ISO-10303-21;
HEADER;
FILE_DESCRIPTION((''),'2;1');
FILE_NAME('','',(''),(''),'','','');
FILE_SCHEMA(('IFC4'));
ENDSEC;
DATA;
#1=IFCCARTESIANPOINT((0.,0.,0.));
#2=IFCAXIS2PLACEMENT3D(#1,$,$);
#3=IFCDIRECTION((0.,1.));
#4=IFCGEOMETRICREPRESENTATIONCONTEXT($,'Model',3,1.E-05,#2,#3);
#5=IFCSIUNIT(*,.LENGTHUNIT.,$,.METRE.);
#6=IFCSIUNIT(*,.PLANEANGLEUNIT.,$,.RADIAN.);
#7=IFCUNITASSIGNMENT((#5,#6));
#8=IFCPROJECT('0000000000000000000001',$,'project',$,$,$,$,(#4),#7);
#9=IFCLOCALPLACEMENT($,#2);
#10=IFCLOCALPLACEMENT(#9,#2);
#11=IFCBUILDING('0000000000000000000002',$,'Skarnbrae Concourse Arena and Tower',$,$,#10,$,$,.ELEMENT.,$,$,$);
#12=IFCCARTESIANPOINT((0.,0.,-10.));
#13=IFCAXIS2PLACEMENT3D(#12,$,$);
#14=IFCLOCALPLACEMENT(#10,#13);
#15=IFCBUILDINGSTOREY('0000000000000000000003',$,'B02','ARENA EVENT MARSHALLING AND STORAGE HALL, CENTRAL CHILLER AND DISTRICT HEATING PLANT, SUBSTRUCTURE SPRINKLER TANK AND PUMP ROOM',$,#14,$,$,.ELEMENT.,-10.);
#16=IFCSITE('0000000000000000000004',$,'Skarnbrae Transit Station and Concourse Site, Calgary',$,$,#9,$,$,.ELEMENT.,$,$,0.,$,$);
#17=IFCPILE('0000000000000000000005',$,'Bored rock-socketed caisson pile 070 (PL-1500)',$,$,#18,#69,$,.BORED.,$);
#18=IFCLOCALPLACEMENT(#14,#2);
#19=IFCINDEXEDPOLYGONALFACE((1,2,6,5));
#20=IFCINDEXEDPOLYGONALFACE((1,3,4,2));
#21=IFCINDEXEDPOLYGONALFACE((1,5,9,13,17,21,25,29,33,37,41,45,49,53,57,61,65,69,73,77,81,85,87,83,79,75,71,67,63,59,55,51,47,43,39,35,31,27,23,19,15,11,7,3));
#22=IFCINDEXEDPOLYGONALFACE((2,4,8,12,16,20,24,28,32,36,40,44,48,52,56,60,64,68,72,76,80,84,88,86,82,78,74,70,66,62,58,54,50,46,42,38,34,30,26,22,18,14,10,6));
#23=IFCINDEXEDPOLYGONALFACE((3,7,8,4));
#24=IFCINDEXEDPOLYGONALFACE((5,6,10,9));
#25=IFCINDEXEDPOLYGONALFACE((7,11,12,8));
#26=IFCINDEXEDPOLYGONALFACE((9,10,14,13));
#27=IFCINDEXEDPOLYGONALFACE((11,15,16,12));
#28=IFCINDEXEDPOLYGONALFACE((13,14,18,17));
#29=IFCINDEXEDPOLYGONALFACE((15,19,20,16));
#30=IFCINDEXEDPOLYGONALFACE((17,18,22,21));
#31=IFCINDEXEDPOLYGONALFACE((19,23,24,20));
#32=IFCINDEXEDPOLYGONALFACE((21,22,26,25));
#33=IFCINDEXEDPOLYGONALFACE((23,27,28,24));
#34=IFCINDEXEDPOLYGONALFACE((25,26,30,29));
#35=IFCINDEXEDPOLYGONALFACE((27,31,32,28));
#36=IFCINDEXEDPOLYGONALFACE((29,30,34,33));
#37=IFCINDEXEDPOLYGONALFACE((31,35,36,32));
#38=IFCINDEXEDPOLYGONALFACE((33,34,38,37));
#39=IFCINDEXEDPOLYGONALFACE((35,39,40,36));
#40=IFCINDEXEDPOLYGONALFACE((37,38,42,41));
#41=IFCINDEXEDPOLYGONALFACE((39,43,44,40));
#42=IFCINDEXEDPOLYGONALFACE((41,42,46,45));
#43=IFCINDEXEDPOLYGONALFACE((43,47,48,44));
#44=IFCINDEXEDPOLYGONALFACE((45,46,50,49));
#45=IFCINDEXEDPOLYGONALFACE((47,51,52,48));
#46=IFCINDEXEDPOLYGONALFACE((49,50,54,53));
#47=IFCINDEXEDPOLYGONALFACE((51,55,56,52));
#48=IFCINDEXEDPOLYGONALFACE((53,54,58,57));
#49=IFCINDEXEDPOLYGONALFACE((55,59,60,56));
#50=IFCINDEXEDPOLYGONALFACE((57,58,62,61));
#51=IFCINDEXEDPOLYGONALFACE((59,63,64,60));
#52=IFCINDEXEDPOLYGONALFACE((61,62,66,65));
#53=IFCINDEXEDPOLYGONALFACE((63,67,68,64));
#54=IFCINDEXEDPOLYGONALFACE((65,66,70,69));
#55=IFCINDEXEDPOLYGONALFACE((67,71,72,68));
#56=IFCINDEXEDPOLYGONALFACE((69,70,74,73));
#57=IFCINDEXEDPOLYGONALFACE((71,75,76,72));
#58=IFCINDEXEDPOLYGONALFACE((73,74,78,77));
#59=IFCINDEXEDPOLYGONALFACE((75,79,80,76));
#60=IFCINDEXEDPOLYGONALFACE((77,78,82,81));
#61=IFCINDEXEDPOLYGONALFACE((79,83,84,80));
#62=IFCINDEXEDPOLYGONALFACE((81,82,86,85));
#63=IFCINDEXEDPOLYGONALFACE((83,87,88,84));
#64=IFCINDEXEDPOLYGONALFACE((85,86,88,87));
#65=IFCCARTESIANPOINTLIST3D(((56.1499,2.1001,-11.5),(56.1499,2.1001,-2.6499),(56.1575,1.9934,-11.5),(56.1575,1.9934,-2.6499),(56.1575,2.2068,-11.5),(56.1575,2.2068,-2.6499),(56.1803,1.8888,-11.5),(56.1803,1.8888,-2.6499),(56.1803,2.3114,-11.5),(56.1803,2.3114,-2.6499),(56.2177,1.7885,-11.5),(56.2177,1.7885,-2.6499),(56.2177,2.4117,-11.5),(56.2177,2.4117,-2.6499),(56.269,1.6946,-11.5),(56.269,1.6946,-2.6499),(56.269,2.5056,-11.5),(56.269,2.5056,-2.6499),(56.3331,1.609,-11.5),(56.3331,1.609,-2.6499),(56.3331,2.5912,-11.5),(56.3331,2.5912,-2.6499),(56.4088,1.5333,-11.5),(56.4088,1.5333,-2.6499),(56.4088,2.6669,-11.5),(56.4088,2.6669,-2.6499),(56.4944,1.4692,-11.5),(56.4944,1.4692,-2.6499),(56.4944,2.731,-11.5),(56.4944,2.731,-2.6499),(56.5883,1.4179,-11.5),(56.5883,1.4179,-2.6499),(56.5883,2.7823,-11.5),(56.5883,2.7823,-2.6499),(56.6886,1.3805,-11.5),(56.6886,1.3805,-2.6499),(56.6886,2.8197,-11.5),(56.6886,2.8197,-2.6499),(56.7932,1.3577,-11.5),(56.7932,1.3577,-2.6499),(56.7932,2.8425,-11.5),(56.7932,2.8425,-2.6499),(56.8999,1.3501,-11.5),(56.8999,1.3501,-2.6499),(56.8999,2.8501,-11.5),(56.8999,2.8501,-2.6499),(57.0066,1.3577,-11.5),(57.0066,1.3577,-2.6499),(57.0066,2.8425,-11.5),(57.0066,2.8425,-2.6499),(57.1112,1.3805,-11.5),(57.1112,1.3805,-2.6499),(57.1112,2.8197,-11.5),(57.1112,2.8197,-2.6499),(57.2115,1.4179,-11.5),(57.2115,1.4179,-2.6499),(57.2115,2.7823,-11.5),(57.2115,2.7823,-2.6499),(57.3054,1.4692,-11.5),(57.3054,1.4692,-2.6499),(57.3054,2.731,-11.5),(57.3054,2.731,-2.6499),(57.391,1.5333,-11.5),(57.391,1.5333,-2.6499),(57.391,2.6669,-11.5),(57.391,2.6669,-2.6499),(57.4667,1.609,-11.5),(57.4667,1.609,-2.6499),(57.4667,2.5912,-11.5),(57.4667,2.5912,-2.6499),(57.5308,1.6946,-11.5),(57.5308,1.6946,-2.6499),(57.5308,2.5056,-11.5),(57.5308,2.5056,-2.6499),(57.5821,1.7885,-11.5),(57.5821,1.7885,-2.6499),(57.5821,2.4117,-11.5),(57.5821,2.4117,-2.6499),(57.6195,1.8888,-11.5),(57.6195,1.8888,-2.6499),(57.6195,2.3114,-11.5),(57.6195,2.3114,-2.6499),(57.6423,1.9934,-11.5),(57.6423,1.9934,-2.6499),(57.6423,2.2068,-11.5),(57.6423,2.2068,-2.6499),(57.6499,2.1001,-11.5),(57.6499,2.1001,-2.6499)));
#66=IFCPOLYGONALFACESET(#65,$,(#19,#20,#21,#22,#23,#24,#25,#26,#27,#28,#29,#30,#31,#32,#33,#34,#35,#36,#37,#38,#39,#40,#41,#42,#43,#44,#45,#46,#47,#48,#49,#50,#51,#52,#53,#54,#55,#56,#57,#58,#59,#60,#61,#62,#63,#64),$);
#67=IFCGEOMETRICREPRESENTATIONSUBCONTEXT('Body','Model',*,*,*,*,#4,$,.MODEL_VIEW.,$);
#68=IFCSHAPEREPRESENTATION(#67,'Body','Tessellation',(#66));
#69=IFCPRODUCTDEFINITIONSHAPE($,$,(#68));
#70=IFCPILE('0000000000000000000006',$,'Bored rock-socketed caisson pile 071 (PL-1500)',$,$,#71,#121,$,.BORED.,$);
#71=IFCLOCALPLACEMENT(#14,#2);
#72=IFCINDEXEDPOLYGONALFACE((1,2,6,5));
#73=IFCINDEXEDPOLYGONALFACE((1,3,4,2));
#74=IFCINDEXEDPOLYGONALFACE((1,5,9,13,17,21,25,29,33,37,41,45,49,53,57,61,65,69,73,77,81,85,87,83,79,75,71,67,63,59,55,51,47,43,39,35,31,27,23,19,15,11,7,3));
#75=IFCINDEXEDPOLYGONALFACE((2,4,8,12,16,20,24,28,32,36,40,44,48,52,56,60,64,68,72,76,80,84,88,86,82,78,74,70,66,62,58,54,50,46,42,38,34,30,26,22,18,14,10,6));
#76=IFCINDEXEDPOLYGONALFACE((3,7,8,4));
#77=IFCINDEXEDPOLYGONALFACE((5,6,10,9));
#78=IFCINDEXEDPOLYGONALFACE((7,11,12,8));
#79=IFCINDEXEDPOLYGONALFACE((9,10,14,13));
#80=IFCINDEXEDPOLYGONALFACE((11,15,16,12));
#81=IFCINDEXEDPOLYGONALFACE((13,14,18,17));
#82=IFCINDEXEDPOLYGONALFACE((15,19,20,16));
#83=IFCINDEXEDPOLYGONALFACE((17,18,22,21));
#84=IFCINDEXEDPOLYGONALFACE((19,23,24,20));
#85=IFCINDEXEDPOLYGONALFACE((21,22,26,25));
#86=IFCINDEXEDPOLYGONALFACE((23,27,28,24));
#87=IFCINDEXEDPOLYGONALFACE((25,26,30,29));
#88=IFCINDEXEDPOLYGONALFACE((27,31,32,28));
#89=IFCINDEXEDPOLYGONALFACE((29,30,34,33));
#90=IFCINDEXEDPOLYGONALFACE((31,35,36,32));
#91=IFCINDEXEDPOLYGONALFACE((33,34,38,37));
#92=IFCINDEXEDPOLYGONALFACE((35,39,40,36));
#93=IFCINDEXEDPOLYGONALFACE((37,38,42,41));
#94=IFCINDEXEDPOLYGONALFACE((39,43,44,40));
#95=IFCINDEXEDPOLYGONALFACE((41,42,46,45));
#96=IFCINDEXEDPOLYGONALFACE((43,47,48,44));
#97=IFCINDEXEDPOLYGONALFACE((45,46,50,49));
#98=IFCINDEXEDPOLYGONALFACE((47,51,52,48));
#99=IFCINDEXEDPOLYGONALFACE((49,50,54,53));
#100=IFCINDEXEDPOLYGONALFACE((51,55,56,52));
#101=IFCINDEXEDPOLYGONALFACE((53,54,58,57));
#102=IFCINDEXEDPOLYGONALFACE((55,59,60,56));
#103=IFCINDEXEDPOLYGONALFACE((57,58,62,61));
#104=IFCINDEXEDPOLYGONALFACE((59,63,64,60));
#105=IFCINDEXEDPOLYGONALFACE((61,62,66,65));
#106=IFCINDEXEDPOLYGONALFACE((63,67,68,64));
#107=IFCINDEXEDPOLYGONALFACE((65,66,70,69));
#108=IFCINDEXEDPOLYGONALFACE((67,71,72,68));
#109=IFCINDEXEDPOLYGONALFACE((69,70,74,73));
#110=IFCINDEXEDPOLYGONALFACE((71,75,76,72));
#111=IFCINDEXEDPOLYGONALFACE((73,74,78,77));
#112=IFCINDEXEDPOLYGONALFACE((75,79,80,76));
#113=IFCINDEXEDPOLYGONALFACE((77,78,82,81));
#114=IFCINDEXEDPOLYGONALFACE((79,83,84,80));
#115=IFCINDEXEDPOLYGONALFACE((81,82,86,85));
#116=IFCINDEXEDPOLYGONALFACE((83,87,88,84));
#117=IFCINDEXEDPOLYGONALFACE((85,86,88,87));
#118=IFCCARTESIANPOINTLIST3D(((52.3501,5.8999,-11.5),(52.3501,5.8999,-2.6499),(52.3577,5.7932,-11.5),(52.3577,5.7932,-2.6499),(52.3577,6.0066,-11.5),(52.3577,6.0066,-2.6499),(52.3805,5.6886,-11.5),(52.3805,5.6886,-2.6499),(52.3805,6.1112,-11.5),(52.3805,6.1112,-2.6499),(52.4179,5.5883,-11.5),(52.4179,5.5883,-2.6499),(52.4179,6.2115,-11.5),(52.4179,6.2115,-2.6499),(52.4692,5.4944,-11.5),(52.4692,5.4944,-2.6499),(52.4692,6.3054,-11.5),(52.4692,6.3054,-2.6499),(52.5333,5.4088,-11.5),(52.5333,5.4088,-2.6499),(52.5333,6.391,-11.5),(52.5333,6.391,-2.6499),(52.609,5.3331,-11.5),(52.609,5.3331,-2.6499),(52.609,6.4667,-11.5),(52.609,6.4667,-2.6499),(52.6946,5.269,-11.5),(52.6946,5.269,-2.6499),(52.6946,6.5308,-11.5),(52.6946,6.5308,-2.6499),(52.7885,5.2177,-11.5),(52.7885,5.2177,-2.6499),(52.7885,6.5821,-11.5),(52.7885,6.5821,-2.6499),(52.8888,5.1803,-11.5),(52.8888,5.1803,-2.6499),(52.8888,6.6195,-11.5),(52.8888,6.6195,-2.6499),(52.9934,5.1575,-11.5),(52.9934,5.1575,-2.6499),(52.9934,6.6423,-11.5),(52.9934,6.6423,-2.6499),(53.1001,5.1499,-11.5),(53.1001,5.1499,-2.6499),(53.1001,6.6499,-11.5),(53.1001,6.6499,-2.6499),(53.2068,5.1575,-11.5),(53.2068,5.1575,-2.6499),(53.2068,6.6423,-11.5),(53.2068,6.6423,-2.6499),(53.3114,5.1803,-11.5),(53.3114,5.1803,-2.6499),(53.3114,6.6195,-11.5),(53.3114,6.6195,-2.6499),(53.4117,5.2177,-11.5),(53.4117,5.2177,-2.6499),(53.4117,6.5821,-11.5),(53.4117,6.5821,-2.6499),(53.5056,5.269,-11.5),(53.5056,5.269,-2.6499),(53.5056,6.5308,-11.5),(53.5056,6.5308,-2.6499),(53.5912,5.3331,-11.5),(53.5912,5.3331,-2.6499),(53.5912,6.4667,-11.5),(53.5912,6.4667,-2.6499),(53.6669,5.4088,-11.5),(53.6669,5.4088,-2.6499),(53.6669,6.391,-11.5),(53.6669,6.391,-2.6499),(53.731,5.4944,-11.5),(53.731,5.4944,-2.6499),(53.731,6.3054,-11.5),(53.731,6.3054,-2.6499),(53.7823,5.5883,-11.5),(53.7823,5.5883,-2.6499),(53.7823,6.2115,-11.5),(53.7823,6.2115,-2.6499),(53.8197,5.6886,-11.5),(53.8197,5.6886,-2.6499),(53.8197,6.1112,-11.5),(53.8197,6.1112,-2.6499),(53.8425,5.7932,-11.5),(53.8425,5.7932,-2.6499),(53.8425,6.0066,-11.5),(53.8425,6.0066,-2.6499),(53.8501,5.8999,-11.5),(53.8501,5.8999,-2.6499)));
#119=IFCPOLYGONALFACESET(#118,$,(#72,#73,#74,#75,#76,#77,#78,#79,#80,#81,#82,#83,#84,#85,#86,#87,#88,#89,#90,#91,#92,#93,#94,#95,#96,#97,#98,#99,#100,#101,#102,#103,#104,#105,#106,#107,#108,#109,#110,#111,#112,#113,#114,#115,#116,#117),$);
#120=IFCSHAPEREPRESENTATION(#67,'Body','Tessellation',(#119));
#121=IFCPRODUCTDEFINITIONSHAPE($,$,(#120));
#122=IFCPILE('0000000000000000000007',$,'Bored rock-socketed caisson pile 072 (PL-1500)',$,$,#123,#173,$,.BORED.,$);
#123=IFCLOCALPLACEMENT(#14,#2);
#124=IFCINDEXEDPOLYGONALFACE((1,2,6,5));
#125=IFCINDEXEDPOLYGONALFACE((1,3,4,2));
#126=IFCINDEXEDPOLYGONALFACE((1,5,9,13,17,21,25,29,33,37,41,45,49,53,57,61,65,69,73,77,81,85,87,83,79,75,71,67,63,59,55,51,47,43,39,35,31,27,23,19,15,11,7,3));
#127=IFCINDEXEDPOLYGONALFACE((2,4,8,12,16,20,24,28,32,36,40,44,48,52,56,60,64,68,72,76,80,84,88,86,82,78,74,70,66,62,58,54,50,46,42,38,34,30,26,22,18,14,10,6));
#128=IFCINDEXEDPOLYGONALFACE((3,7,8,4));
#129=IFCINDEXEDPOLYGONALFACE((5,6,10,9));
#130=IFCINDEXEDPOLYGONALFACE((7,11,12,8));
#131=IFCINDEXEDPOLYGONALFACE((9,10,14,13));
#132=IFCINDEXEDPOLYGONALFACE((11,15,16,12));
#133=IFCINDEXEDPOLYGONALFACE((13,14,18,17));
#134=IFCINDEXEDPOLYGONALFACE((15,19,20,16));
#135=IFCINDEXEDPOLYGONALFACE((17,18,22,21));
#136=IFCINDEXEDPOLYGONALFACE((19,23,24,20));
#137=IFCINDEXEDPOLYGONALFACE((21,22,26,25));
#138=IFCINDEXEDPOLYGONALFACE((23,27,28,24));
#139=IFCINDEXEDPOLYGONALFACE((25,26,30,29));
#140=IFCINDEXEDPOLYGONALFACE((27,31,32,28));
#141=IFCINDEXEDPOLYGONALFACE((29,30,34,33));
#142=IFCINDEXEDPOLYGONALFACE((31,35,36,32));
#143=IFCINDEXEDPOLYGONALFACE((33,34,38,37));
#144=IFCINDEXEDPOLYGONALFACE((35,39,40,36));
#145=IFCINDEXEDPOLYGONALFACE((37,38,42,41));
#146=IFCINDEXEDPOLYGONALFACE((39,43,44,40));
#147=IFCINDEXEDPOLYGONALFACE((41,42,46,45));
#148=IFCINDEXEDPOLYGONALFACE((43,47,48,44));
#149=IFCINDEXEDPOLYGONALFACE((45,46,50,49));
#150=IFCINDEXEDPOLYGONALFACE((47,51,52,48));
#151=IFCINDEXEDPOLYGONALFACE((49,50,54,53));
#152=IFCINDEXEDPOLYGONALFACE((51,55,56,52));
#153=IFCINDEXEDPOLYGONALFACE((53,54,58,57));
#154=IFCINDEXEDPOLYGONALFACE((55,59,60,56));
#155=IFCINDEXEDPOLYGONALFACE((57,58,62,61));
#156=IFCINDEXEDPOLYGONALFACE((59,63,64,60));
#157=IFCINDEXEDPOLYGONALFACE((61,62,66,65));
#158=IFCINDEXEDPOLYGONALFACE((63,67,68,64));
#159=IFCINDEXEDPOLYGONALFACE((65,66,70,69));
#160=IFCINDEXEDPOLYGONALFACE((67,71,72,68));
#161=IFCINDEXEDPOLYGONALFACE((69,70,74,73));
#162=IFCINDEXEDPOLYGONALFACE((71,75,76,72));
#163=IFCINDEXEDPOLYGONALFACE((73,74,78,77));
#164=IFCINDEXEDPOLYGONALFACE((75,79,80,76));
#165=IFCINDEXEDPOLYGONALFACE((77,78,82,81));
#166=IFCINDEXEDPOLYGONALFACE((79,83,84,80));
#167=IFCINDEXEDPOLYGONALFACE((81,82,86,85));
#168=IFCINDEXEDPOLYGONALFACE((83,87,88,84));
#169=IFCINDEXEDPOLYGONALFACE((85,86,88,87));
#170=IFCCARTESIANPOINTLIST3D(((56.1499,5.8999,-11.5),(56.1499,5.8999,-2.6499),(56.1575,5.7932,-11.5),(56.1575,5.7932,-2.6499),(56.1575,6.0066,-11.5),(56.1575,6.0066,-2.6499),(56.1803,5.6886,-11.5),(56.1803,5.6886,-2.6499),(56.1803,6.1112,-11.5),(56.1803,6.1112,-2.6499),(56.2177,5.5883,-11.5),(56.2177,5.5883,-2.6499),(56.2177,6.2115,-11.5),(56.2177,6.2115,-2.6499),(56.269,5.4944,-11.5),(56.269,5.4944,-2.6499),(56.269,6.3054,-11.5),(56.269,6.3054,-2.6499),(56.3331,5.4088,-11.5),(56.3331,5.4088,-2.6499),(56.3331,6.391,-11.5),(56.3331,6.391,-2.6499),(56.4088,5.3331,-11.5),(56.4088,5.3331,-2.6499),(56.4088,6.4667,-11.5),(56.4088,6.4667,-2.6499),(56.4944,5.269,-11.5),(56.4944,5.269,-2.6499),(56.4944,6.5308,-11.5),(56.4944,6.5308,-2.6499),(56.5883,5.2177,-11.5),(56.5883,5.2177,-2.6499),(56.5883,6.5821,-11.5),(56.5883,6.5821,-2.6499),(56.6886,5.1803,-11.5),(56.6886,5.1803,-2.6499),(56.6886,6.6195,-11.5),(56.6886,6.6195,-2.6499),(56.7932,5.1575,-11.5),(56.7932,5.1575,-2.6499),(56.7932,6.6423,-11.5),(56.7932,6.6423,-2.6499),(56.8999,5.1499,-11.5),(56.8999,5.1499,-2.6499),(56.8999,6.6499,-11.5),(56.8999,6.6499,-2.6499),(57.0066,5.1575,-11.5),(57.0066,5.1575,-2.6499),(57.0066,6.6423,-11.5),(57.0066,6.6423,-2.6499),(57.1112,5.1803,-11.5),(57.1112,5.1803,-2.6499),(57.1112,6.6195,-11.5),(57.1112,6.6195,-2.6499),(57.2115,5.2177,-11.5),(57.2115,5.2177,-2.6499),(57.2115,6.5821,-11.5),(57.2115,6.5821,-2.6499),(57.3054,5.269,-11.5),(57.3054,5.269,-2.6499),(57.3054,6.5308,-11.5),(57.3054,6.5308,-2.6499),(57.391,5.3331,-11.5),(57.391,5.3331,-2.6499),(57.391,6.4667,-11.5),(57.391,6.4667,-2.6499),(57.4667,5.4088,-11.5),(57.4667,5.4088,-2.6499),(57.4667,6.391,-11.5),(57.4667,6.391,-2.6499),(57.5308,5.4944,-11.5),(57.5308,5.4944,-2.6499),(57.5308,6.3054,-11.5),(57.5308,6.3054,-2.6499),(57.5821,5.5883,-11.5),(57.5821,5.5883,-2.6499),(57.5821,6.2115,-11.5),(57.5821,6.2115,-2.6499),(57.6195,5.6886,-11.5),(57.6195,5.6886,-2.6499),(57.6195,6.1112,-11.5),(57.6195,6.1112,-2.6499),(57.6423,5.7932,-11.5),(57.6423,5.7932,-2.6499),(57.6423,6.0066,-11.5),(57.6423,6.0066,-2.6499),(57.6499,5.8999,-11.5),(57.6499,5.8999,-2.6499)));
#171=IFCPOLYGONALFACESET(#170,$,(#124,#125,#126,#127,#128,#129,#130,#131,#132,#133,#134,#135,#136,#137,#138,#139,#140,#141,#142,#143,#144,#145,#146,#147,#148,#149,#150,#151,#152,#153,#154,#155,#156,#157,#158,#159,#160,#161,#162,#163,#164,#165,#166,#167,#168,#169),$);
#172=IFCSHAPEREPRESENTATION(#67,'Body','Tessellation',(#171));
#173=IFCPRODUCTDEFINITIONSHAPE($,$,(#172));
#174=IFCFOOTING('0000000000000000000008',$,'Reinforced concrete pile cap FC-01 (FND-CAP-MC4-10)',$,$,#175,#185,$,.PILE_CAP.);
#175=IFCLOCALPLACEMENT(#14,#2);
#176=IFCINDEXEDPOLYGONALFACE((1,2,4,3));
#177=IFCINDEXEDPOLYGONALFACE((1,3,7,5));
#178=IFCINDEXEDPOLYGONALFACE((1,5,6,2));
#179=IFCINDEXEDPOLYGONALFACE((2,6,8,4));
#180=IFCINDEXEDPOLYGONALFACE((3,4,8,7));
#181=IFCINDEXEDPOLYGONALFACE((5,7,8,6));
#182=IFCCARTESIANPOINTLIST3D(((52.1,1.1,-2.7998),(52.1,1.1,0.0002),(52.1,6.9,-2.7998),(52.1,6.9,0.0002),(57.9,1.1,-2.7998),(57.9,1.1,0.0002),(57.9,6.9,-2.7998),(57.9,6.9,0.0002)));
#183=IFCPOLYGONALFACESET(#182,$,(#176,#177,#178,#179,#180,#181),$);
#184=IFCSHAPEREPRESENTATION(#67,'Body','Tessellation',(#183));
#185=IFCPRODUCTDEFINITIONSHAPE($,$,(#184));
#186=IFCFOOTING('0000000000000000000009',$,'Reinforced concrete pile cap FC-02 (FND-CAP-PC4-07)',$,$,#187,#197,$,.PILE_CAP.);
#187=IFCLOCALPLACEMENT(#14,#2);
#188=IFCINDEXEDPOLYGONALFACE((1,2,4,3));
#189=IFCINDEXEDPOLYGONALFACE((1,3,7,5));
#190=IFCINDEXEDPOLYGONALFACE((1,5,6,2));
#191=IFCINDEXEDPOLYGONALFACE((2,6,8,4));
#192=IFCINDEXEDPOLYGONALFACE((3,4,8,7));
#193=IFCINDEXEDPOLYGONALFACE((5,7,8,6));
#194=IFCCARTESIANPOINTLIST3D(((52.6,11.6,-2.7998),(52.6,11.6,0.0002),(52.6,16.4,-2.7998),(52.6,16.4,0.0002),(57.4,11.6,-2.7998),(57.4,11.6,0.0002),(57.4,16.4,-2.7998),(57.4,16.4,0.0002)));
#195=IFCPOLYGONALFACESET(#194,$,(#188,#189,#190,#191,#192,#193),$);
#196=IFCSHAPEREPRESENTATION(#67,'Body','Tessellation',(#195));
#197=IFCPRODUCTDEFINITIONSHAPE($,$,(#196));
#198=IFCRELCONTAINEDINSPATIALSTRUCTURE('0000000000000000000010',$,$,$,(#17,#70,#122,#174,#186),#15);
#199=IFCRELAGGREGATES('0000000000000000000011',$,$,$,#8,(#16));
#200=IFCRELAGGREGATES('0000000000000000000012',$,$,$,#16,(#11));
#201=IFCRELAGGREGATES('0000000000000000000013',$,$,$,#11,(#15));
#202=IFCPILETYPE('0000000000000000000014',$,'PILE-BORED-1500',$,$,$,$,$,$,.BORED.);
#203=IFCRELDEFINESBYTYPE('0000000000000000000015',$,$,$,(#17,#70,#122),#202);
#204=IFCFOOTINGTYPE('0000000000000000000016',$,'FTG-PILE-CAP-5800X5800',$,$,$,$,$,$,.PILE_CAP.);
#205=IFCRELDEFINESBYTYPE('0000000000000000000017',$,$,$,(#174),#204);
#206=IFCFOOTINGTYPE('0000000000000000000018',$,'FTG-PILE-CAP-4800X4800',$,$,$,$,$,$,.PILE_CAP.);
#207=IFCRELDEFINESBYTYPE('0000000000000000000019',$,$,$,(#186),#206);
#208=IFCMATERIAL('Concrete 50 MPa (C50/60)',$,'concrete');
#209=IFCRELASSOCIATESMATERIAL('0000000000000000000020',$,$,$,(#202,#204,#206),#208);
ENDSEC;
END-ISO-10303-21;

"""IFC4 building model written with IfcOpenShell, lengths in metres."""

from ifc_helpers import new_model, si_unit, direction, frame, origin, origin_2d, place, context, subcontext, project, spatial, rectangle, circle, extrude, source, transform, mapped, material, material_profile, profile_set, type_object, element, save


model = new_model("IFC4")

# Units and contexts
model_context = context("Model", 3, precision=1e-05, world=origin(), true_north=direction((0.0, 1.0)))
body_context = subcontext(model_context, "Body", "Model", "MODEL_VIEW")
ifc_project = project(units=[si_unit("LENGTHUNIT", "METRE"), si_unit("PLANEANGLEUNIT", "RADIAN")], contexts=[model_context])

# Site, building, storey
site_placement = place(None, origin())
site = spatial("IfcSite", under=ifc_project, at=site_placement, Name="Skarnbrae Transit Station and Concourse Site, Calgary", CompositionType="ELEMENT", RefElevation=0.0)
building_placement = place(site_placement, origin())
building = spatial("IfcBuilding", under=site, at=building_placement, Name="Skarnbrae Concourse Arena and Tower", CompositionType="ELEMENT")
storey_placement = place(building_placement, frame((0.0, 0.0, -10.0)))
storey = spatial("IfcBuildingStorey", under=building, at=storey_placement, Name="B02", Description="ARENA EVENT MARSHALLING AND STORAGE HALL, CENTRAL CHILLER AND DISTRICT HEATING PLANT, SUBSTRUCTURE SPRINKLER TANK AND PUMP ROOM", CompositionType="ELEMENT", Elevation=-10.0)

# Piles
ifc_material_1 = material(Name="Concrete 50 MPa (C50/60)", Category="concrete")
ifc_material_profile_1 = material_profile(ifc_material_1, circle(Radius=0.75, at=origin_2d()), Name="CAISSON-1500")
ifc_profile_set_1 = profile_set([ifc_material_profile_1], Name="Concrete 50 MPa (C50/60)")
pile_type_1 = type_object("IfcPileType", Name="PILE-BORED-1500", PredefinedType="BORED", material=ifc_profile_set_1)
shared_shape_1 = source(origin(), body_context, "Body", "SweptSolid", [
    extrude(circle(Radius=0.75, at=origin_2d()), origin(), (0.0, 0.0, 1.0), 8.8501),
])
for number, where, z_axis, x_axis, name in (
    (1, (56.8999, 2.1001, -2.6499), (0.0, 0.0, -1.0), (1.0, 0.0, 0.0), "Bored rock-socketed caisson pile 070 (PL-1500)"),
    (2, (53.1001, 5.8999, -2.6499), (0.0, 0.0, -1.0), (1.0, 0.0, 0.0), "Bored rock-socketed caisson pile 071 (PL-1500)"),
    (3, (56.8999, 5.8999, -2.6499), (0.0, 0.0, -1.0), (1.0, 0.0, 0.0), "Bored rock-socketed caisson pile 072 (PL-1500)"),
):
    element("IfcPile", number, at=place(storey_placement, frame(where, z_axis=z_axis, x_axis=x_axis)), inside=storey, type_object=pile_type_1, Name=name, PredefinedType="BORED", context=body_context, shape_type="MappedRepresentation", body=[
        mapped(shared_shape_1, transform((0.0, 0.0, 0.0))),
    ])

# Footings
footing_type_1 = type_object("IfcFootingType", Name="FTG-PILE-CAP-5800X5800", PredefinedType="PILE_CAP", material=ifc_material_1)
shared_shape_2 = source(origin(), body_context, "Body", "SweptSolid", [
    extrude(rectangle(XDim=5.8, YDim=5.8, at=origin_2d()), origin(), (0.0, 0.0, 1.0), 2.8),
])
footing_1_placement = place(storey_placement, frame((55.0, 4.0, -2.7998), z_axis=(0.0, 0.0, 1.0), x_axis=(1.0, 0.0, 0.0)))
element("IfcFooting", 4, at=footing_1_placement, inside=storey, type_object=footing_type_1, Name="Reinforced concrete pile cap FC-01 (FND-CAP-MC4-10)", PredefinedType="PILE_CAP", context=body_context, shape_type="MappedRepresentation", body=[
    mapped(shared_shape_2, transform((0.0, 0.0, 0.0))),
])
footing_type_2 = type_object("IfcFootingType", Name="FTG-PILE-CAP-4800X4800", PredefinedType="PILE_CAP", material=ifc_material_1)
shared_shape_3 = source(origin(), body_context, "Body", "SweptSolid", [
    extrude(rectangle(XDim=4.8, YDim=4.8, at=origin_2d()), origin(), (0.0, 0.0, 1.0), 2.8),
])
footing_2_placement = place(storey_placement, frame((55.0, 14.0, -2.7998), z_axis=(0.0, 0.0, 1.0), x_axis=(1.0, 0.0, 0.0)))
element("IfcFooting", 5, at=footing_2_placement, inside=storey, type_object=footing_type_2, Name="Reinforced concrete pile cap FC-02 (FND-CAP-PC4-07)", PredefinedType="PILE_CAP", context=body_context, shape_type="MappedRepresentation", body=[
    mapped(shared_shape_3, transform((0.0, 0.0, 0.0))),
])

save(model, "model.ifc")
